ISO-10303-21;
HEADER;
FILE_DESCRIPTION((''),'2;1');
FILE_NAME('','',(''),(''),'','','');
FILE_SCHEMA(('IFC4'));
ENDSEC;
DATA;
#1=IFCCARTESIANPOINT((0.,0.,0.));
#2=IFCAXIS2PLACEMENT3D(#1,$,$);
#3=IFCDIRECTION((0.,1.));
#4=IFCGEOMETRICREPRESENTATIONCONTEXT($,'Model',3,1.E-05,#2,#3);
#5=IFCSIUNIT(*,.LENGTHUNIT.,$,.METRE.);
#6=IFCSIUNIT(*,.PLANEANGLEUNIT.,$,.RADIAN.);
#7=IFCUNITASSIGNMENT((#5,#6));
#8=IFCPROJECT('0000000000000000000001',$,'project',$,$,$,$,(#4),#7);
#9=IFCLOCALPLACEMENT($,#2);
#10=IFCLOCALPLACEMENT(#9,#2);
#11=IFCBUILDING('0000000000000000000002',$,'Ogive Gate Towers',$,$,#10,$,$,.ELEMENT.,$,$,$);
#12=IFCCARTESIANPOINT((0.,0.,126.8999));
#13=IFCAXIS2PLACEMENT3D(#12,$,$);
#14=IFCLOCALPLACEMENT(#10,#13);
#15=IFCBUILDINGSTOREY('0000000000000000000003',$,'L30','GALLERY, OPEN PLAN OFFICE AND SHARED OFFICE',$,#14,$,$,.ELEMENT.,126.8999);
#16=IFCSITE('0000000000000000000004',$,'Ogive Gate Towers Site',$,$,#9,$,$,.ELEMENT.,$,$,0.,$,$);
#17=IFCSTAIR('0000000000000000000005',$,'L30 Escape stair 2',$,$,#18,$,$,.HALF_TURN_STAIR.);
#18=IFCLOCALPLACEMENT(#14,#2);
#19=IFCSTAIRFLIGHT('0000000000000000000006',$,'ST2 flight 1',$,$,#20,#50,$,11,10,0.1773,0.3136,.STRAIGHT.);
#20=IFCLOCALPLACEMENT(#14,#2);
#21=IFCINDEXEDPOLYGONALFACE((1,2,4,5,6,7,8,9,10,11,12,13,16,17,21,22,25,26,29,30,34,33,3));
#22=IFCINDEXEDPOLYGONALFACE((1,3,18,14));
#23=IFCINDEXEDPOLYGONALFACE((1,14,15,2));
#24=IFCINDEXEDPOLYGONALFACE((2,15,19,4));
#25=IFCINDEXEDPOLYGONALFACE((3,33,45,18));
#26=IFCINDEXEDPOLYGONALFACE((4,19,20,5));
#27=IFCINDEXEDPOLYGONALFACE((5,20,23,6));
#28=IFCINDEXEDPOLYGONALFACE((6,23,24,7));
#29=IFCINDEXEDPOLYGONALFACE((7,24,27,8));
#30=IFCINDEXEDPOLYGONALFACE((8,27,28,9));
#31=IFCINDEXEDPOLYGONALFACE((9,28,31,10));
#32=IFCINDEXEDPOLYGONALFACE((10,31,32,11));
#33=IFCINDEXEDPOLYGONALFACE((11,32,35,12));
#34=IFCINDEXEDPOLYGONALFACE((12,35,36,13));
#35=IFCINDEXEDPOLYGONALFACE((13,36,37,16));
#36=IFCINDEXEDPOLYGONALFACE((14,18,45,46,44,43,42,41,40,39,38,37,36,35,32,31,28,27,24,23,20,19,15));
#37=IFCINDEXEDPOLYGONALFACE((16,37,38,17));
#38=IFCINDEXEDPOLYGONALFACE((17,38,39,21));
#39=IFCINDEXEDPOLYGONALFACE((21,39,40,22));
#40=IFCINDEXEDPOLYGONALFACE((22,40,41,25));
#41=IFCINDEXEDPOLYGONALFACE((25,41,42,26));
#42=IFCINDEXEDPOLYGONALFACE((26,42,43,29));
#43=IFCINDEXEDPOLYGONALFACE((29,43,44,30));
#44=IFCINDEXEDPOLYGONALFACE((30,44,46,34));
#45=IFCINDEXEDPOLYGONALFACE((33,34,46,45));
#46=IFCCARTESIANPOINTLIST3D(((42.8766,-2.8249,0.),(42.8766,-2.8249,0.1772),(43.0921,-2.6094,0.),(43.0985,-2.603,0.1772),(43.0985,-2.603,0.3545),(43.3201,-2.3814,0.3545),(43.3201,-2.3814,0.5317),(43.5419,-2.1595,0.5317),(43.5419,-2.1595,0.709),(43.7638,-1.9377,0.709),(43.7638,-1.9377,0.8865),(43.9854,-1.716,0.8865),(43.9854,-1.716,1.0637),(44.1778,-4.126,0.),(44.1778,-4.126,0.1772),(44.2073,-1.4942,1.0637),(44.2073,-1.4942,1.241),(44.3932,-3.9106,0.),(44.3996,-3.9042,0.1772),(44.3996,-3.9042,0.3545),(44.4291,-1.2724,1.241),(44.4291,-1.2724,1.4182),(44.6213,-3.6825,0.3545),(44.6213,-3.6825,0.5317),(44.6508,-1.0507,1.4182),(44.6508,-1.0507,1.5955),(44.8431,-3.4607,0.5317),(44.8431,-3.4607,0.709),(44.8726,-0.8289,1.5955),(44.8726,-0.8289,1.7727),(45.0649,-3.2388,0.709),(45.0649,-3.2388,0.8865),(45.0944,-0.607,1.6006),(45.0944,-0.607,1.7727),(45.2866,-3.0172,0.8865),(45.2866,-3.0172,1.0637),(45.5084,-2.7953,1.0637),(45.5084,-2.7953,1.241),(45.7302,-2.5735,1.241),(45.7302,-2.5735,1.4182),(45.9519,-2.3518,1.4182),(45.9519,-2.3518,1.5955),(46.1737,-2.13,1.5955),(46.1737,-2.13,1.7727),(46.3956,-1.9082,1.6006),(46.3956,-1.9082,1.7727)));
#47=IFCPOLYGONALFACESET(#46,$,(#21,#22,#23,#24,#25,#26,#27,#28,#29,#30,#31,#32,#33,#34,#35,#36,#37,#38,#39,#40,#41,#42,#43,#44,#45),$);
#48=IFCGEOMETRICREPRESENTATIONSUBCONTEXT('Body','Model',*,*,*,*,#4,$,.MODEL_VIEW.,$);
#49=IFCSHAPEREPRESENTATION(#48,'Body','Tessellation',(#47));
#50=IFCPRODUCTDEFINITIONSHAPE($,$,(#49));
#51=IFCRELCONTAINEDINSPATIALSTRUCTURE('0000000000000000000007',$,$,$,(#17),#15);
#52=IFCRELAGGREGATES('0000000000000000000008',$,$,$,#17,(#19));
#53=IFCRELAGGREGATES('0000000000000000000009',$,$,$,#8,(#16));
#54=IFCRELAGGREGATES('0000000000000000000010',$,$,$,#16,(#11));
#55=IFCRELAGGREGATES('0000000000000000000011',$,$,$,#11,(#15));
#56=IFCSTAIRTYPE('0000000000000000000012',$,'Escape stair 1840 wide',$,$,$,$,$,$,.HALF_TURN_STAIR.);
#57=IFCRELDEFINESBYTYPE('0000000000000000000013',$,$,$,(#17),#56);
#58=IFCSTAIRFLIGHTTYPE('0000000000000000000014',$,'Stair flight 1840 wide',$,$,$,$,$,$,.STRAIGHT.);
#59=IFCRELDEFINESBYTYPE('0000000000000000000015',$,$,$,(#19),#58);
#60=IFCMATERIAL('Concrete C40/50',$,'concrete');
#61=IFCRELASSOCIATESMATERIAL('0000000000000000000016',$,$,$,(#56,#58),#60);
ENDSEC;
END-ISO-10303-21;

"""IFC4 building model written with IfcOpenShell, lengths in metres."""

from ifc_helpers import new_model, si_unit, direction, frame, origin, place, context, subcontext, project, spatial, polyline, outline, extrude, material, type_object, element, aggregate, save


model = new_model("IFC4")

# Units and contexts
model_context = context("Model", 3, precision=1e-05, world=origin(), true_north=direction((0.0, 1.0)))
body_context = subcontext(model_context, "Body", "Model", "MODEL_VIEW")
ifc_project = project(units=[si_unit("LENGTHUNIT", "METRE"), si_unit("PLANEANGLEUNIT", "RADIAN")], contexts=[model_context])

# Site, building, storey
site_placement = place(None, origin())
site = spatial("IfcSite", under=ifc_project, at=site_placement, Name="Ogive Gate Towers Site", CompositionType="ELEMENT", RefElevation=0.0)
building_placement = place(site_placement, origin())
building = spatial("IfcBuilding", under=site, at=building_placement, Name="Ogive Gate Towers", CompositionType="ELEMENT")
storey_placement = place(building_placement, frame((0.0, 0.0, 126.8999)))
storey = spatial("IfcBuildingStorey", under=building, at=storey_placement, Name="L30", Description="GALLERY, OPEN PLAN OFFICE AND SHARED OFFICE", CompositionType="ELEMENT", Elevation=126.8999)

# Stair, stair flight
ifc_material_1 = material(Name="Concrete C40/50", Category="concrete")
stair_type = type_object("IfcStairType", Name="Escape stair 1840 wide", PredefinedType="HALF_TURN_STAIR", material=ifc_material_1)
stair_placement = place(storey_placement, origin())
stair = element("IfcStair", 1, at=stair_placement, inside=storey, type_object=stair_type, Name="L30 Escape stair 2", PredefinedType="HALF_TURN_STAIR")
stair_flight_type = type_object("IfcStairFlightType", Name="Stair flight 1840 wide", PredefinedType="STRAIGHT", material=ifc_material_1)
stair_flight_placement = place(storey_placement, frame((43.5271, -3.4753, 0.0), z_axis=(0.0, 0.0, 1.0), x_axis=(0.707107, 0.707107, 0.0)))
stair_flight = element("IfcStairFlight", 2, at=stair_flight_placement, type_object=stair_flight_type, Name="ST2 flight 1", NumberOfRisers=11, NumberOfTreads=10, PredefinedType="STRAIGHT", RiserHeight=0.1773, TreadLength=0.3136, context=body_context, shape_type="SweptSolid", body=[
    extrude(outline(polyline([(0.0, 0.0), (0.0, 0.1772), (0.3137, 0.1772), (0.3137, 0.3545), (0.6272, 0.3545), (0.6272, 0.5317), (0.9409, 0.5317), (0.9409, 0.709), (1.2546, 0.709), (1.2546, 0.8865), (1.5681, 0.8865), (1.5681, 1.0637), (1.8818, 1.0637), (1.8818, 1.241), (2.1956, 1.241), (2.1956, 1.4182), (2.509, 1.4182), (2.509, 1.5955), (2.8228, 1.5955), (2.8228, 1.7727), (3.1365, 1.7727), (3.1365, 1.95), (3.1365, 1.6006), (0.3047, 0.0), (0.0, 0.0)])), frame((0.0, 0.9199, 0.0), z_axis=(0.0, -1.0, 0.0), x_axis=(1.0, 0.0, 0.0)), (0.0, 0.0, 1.0), 1.8401),
])
aggregate(stair, [stair_flight])

save(model, "model.ifc")
